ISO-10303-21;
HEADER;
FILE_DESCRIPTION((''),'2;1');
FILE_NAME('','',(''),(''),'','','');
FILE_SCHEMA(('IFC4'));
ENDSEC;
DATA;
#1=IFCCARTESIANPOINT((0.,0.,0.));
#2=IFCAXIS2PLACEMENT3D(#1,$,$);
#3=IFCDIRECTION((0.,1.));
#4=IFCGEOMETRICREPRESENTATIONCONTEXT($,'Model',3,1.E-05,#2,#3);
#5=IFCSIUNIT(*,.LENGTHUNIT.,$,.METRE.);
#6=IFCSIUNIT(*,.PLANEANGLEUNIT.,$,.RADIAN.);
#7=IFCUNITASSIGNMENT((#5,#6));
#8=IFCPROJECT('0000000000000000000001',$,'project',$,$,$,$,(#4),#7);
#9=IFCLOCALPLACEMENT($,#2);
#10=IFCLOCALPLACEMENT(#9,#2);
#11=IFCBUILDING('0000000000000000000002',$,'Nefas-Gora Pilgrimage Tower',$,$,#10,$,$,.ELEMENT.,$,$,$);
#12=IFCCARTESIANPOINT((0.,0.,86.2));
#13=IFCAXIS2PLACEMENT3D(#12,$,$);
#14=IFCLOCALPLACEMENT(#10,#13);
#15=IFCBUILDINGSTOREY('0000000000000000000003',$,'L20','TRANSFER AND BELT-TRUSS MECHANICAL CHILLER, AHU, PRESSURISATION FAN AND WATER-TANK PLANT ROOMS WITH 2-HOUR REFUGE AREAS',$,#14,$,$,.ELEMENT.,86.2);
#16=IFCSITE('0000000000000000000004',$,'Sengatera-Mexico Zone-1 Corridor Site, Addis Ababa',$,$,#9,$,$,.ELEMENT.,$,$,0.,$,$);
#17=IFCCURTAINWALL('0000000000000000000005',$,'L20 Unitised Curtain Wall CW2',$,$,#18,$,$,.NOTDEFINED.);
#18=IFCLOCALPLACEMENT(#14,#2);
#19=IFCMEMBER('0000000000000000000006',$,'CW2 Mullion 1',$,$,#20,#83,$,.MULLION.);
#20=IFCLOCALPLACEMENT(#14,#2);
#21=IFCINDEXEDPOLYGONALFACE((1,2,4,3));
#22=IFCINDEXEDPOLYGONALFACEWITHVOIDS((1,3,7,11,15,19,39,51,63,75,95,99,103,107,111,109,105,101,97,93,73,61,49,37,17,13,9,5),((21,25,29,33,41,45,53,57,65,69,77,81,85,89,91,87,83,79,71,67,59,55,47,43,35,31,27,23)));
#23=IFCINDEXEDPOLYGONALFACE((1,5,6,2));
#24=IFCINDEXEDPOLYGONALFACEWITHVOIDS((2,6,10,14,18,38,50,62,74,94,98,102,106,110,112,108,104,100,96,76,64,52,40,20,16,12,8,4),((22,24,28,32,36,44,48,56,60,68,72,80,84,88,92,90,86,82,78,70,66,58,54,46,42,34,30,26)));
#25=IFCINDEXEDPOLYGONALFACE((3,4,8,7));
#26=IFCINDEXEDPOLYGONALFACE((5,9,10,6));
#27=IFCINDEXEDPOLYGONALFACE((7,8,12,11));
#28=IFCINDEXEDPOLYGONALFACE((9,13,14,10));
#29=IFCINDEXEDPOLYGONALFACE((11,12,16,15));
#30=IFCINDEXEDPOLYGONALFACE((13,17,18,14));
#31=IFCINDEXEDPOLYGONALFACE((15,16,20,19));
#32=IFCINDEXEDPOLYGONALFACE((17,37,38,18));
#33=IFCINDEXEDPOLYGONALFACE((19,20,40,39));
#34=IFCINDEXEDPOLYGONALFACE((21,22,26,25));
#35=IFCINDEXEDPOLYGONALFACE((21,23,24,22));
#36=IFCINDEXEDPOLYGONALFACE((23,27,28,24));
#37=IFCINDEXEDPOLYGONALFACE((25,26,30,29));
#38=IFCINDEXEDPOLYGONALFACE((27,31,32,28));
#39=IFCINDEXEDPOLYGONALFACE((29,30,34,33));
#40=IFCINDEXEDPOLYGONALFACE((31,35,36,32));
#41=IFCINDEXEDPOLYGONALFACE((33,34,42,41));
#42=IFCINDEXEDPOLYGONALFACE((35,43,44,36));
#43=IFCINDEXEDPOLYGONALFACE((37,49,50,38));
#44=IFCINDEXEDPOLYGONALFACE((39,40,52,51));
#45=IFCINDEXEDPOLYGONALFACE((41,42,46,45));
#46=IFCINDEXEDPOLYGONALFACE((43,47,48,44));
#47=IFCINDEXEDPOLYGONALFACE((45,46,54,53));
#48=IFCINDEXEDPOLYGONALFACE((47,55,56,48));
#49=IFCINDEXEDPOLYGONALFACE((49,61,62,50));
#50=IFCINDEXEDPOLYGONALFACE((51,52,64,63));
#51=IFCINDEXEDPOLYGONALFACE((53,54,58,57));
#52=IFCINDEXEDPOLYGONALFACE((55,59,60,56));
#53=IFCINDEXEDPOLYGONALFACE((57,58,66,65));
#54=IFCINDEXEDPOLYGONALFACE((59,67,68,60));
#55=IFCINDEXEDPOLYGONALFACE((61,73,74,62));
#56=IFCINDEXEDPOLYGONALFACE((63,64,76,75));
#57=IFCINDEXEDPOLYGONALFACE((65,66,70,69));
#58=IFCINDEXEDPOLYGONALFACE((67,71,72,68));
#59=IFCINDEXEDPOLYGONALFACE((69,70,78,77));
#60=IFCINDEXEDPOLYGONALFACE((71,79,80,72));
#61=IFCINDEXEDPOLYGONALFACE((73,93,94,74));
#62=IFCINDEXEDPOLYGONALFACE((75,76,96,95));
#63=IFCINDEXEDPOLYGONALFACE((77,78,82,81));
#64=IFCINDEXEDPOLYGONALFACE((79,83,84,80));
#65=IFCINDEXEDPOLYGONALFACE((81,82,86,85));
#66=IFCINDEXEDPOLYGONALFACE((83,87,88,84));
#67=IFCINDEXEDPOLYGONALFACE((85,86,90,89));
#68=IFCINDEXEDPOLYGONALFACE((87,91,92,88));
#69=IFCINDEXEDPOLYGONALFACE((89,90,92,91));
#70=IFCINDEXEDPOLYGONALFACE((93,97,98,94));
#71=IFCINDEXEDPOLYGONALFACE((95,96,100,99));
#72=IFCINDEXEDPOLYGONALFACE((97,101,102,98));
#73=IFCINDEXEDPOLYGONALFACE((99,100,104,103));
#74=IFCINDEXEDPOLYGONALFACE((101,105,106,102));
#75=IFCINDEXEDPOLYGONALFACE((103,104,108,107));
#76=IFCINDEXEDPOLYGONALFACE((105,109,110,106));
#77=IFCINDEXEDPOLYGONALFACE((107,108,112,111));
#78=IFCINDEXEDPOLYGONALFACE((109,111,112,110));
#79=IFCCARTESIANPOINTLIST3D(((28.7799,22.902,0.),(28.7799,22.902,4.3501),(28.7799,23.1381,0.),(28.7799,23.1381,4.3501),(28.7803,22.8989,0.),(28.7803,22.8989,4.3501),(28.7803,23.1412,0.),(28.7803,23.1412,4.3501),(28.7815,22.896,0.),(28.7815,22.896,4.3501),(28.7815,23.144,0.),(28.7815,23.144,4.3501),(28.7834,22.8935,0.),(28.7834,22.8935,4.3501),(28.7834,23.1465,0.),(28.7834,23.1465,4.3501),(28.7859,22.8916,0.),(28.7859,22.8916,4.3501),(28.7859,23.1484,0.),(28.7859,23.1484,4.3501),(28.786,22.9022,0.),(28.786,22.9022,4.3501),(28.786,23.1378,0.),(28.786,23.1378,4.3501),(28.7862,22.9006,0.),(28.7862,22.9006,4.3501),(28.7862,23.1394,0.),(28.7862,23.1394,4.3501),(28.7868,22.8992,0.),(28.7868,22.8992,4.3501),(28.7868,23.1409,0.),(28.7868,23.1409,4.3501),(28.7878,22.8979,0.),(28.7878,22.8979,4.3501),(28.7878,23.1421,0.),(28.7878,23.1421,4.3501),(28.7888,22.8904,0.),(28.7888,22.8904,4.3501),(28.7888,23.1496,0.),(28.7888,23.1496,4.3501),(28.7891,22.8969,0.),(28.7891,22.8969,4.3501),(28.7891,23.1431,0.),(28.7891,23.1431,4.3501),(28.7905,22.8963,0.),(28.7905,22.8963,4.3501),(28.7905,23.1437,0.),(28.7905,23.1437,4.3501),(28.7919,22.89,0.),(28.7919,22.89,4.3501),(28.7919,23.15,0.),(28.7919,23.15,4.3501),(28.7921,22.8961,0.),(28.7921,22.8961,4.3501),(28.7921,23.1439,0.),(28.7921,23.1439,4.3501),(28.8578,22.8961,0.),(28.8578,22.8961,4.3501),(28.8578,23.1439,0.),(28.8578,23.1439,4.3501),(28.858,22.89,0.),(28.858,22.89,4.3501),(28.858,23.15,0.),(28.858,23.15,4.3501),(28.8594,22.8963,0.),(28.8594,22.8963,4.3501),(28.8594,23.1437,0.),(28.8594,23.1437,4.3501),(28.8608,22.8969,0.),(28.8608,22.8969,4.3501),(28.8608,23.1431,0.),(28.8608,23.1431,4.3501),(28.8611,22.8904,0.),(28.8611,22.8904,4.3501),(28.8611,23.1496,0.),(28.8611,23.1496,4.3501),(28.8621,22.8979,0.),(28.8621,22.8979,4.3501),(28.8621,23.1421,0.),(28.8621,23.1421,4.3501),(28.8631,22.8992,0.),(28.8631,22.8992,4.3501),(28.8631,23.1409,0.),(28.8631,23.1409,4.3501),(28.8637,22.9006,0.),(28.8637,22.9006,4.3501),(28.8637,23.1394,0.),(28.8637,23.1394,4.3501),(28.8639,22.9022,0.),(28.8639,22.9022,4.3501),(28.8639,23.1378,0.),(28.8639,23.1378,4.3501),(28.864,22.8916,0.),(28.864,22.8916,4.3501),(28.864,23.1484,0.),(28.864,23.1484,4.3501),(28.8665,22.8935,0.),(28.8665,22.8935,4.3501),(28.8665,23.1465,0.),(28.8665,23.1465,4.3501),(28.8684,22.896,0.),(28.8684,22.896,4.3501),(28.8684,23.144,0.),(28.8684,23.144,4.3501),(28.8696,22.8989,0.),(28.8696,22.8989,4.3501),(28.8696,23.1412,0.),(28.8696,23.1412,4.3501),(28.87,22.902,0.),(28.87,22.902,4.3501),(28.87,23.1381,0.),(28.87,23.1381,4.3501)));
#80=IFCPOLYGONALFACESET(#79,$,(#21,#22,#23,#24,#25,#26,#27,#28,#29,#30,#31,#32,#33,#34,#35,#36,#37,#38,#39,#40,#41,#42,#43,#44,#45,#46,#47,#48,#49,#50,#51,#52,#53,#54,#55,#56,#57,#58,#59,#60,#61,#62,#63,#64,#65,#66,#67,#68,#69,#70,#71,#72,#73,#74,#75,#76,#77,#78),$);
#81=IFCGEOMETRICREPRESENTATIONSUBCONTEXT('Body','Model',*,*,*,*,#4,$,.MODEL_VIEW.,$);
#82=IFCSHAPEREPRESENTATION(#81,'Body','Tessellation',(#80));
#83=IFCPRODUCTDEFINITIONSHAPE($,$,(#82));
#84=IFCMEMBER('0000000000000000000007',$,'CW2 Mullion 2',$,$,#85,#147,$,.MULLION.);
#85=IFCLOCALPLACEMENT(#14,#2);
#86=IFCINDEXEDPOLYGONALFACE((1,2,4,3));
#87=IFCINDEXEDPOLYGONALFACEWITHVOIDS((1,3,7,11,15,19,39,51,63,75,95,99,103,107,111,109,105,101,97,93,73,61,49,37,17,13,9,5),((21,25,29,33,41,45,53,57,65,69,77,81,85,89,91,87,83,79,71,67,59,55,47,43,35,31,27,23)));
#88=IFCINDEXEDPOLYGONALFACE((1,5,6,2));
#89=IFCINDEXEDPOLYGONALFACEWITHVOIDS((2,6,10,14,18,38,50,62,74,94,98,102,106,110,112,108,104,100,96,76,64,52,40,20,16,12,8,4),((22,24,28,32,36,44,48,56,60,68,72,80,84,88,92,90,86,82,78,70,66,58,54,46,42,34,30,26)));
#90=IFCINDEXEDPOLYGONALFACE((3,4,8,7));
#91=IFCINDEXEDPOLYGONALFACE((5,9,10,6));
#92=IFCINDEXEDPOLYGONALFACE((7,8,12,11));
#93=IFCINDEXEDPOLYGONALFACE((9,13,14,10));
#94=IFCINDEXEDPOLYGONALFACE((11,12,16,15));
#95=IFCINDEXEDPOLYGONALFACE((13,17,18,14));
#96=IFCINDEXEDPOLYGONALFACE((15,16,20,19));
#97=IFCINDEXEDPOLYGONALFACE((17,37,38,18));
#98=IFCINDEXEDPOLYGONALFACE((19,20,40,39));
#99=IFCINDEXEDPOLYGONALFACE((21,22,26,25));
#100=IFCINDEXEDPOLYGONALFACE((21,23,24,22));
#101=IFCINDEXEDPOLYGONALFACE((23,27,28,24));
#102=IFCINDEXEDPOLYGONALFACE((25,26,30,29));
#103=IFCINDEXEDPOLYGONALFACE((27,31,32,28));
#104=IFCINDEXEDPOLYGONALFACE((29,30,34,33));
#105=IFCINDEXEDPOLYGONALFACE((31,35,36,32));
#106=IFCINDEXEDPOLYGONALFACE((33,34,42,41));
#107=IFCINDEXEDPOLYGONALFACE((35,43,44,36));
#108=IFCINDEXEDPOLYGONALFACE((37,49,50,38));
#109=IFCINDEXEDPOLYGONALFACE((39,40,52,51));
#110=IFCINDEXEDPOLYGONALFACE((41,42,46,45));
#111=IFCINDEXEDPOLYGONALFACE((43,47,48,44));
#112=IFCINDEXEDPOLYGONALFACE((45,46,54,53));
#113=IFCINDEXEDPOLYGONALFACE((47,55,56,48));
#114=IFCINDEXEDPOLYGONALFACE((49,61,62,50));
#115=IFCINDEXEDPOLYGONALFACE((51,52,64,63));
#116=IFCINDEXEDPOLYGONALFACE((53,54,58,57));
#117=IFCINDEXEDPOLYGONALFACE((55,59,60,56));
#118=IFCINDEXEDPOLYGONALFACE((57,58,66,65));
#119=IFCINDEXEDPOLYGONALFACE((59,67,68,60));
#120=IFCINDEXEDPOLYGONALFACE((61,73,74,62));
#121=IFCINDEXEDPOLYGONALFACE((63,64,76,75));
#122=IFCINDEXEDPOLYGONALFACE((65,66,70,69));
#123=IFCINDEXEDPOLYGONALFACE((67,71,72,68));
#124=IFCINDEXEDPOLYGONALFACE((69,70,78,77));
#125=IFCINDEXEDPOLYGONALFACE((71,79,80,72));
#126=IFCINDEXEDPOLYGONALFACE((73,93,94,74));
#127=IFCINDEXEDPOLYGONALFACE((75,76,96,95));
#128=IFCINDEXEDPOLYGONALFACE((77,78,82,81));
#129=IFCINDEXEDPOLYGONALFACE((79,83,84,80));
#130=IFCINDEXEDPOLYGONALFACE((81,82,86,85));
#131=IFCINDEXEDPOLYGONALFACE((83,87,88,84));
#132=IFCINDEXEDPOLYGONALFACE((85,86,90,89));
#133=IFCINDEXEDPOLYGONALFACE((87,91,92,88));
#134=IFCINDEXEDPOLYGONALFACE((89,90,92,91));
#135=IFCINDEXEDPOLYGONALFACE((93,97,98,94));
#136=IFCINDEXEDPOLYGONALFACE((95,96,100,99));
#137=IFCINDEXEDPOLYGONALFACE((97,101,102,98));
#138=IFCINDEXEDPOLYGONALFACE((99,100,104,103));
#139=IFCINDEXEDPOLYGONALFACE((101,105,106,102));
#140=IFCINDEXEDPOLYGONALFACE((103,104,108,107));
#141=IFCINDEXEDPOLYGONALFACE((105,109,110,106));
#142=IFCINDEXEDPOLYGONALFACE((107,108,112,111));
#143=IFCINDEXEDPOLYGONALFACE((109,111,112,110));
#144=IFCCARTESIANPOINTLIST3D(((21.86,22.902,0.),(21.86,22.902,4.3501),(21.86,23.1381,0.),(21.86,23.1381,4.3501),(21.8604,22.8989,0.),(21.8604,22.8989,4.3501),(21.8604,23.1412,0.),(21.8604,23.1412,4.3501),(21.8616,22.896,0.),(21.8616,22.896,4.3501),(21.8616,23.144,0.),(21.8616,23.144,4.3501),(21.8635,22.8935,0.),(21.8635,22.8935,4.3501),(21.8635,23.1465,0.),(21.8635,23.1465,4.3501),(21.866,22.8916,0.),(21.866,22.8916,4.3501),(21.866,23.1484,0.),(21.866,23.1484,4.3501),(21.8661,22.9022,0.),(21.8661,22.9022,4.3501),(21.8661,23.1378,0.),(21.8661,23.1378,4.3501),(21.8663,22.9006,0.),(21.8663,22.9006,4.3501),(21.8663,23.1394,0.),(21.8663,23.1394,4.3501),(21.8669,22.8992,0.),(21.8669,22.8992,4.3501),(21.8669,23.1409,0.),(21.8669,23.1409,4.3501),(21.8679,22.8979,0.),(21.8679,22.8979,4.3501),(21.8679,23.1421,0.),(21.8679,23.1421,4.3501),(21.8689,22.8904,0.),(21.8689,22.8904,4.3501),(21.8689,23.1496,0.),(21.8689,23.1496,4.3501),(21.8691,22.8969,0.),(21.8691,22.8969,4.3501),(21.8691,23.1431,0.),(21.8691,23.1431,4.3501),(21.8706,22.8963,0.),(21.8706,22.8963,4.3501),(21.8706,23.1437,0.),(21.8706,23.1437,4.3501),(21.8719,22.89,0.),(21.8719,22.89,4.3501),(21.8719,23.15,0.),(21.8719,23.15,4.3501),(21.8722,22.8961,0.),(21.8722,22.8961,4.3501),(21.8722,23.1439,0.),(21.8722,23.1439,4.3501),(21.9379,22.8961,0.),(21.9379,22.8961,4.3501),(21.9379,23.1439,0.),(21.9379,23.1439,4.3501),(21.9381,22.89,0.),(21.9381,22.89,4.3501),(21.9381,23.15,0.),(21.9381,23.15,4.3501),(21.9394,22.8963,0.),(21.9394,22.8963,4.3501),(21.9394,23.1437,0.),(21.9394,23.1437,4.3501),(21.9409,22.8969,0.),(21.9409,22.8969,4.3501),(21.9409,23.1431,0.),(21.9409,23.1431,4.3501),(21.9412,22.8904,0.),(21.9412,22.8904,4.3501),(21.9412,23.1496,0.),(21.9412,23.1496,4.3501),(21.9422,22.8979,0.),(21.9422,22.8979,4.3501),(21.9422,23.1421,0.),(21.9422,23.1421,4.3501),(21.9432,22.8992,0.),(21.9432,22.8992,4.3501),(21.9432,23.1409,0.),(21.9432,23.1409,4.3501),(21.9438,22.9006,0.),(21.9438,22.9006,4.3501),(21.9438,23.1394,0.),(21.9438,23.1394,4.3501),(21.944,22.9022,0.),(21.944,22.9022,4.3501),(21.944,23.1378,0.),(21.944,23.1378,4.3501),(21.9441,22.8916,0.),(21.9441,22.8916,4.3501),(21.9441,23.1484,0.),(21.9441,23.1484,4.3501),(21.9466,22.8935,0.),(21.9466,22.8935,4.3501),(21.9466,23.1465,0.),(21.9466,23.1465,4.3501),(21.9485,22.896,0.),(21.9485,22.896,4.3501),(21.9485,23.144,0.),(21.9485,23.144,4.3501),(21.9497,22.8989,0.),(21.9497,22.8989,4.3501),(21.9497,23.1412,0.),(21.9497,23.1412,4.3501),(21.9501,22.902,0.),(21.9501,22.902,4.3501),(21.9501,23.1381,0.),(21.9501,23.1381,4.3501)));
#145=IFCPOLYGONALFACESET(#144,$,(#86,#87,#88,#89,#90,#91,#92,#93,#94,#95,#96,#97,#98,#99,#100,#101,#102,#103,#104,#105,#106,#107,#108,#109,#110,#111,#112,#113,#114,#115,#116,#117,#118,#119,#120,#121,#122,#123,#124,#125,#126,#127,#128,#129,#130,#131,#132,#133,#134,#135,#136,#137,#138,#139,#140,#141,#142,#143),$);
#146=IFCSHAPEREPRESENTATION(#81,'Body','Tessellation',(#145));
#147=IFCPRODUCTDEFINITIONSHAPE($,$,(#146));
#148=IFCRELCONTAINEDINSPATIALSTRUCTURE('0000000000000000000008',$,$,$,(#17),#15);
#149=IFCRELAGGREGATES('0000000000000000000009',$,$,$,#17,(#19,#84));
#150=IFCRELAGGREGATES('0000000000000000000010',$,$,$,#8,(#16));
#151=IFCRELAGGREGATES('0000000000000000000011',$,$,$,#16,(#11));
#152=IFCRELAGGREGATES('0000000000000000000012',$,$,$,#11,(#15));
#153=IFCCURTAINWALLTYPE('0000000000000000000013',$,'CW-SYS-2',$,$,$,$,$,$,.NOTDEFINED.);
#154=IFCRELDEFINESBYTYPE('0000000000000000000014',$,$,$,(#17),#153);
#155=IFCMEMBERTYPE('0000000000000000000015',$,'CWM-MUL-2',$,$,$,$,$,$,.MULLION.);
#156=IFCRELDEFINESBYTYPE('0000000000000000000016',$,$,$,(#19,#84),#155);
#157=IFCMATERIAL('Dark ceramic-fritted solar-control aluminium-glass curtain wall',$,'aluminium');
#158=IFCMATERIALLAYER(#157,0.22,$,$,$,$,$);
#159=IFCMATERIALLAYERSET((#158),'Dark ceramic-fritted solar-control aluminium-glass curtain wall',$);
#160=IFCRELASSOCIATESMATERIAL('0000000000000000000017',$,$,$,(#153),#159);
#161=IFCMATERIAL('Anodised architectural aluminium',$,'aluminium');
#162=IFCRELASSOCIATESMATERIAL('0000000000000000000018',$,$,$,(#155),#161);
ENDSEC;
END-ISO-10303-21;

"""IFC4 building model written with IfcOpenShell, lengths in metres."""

from ifc_helpers import new_model, si_unit, direction, frame, origin, origin_2d, place, context, subcontext, project, spatial, hollow_rectangle, extrude, source, transform, mapped, material, layer, layer_set, material_profile, profile_set, type_object, element, aggregate, save


model = new_model("IFC4")

# Units and contexts
model_context = context("Model", 3, precision=1e-05, world=origin(), true_north=direction((0.0, 1.0)))
body_context = subcontext(model_context, "Body", "Model", "MODEL_VIEW")
ifc_project = project(units=[si_unit("LENGTHUNIT", "METRE"), si_unit("PLANEANGLEUNIT", "RADIAN")], contexts=[model_context])

# Site, building, storey
site_placement = place(None, origin())
site = spatial("IfcSite", under=ifc_project, at=site_placement, Name="Sengatera-Mexico Zone-1 Corridor Site, Addis Ababa", CompositionType="ELEMENT", RefElevation=0.0)
building_placement = place(site_placement, origin())
building = spatial("IfcBuilding", under=site, at=building_placement, Name="Nefas-Gora Pilgrimage Tower", CompositionType="ELEMENT")
storey_placement = place(building_placement, frame((0.0, 0.0, 86.2)))
storey = spatial("IfcBuildingStorey", under=building, at=storey_placement, Name="L20", Description="TRANSFER AND BELT-TRUSS MECHANICAL CHILLER, AHU, PRESSURISATION FAN AND WATER-TANK PLANT ROOMS WITH 2-HOUR REFUGE AREAS", CompositionType="ELEMENT", Elevation=86.2)

# Curtain wall, members
ifc_material_1 = material(Name="Dark ceramic-fritted solar-control aluminium-glass curtain wall", Category="aluminium")
ifc_layer_1 = layer(ifc_material_1, 0.22)
ifc_layer_set_1 = layer_set([ifc_layer_1], Name="Dark ceramic-fritted solar-control aluminium-glass curtain wall")
curtain_wall_type = type_object("IfcCurtainWallType", Name="CW-SYS-2", PredefinedType="NOTDEFINED", material=ifc_layer_set_1)
ifc_material_2 = material(Name="Anodised architectural aluminium", Category="aluminium")
ifc_material_profile_1 = material_profile(ifc_material_2, hollow_rectangle(XDim=0.0901, YDim=0.26, WallThickness=0.0061, InnerFilletRadius=0.0061, OuterFilletRadius=0.012, at=origin_2d()), Name="ALU MULLION 90x260")
ifc_profile_set_1 = profile_set([ifc_material_profile_1], Name="Anodised architectural aluminium")
member_type_1 = type_object("IfcMemberType", Name="CWM-MUL-2", PredefinedType="MULLION", material=ifc_profile_set_1)
shared_shape_1 = source(origin(), body_context, "Body", "SweptSolid", [
    extrude(hollow_rectangle(XDim=0.0901, YDim=0.26, WallThickness=0.0061, InnerFilletRadius=0.0061, OuterFilletRadius=0.012, at=origin_2d()), origin(), (0.0, 0.0, 1.0), 4.3501),
])
curtain_wall_1_placement = place(storey_placement, origin())
curtain_wall_1 = element("IfcCurtainWall", 1, at=curtain_wall_1_placement, inside=storey, type_object=curtain_wall_type, Name="L20 Unitised Curtain Wall CW2", PredefinedType="NOTDEFINED")
member_1_placement = place(storey_placement, frame((28.825, 23.02, 0.0), z_axis=(0.0, 0.0, 1.0), x_axis=(-1.0, 0.0, 0.0)))
member_1 = element("IfcMember", 2, at=member_1_placement, type_object=member_type_1, Name="CW2 Mullion 1", PredefinedType="MULLION", context=body_context, shape_type="MappedRepresentation", body=[
    mapped(shared_shape_1, transform((0.0, 0.0, 0.0), x_axis=(1.0, 0.0, 0.0), y_axis=(0.0, 1.0, 0.0), z_axis=(0.0, 0.0, 1.0), scale=1.0)),
])
member_2_placement = place(storey_placement, frame((21.905, 23.02, 0.0), z_axis=(0.0, 0.0, 1.0), x_axis=(-1.0, 0.0, 0.0)))
member_2 = element("IfcMember", 3, at=member_2_placement, type_object=member_type_1, Name="CW2 Mullion 2", PredefinedType="MULLION", context=body_context, shape_type="MappedRepresentation", body=[
    mapped(shared_shape_1, transform((0.0, 0.0, 0.0), x_axis=(1.0, 0.0, 0.0), y_axis=(0.0, 1.0, 0.0), z_axis=(0.0, 0.0, 1.0), scale=1.0)),
])

aggregate(curtain_wall_1, [member_1, member_2])

save(model, "model.ifc")
